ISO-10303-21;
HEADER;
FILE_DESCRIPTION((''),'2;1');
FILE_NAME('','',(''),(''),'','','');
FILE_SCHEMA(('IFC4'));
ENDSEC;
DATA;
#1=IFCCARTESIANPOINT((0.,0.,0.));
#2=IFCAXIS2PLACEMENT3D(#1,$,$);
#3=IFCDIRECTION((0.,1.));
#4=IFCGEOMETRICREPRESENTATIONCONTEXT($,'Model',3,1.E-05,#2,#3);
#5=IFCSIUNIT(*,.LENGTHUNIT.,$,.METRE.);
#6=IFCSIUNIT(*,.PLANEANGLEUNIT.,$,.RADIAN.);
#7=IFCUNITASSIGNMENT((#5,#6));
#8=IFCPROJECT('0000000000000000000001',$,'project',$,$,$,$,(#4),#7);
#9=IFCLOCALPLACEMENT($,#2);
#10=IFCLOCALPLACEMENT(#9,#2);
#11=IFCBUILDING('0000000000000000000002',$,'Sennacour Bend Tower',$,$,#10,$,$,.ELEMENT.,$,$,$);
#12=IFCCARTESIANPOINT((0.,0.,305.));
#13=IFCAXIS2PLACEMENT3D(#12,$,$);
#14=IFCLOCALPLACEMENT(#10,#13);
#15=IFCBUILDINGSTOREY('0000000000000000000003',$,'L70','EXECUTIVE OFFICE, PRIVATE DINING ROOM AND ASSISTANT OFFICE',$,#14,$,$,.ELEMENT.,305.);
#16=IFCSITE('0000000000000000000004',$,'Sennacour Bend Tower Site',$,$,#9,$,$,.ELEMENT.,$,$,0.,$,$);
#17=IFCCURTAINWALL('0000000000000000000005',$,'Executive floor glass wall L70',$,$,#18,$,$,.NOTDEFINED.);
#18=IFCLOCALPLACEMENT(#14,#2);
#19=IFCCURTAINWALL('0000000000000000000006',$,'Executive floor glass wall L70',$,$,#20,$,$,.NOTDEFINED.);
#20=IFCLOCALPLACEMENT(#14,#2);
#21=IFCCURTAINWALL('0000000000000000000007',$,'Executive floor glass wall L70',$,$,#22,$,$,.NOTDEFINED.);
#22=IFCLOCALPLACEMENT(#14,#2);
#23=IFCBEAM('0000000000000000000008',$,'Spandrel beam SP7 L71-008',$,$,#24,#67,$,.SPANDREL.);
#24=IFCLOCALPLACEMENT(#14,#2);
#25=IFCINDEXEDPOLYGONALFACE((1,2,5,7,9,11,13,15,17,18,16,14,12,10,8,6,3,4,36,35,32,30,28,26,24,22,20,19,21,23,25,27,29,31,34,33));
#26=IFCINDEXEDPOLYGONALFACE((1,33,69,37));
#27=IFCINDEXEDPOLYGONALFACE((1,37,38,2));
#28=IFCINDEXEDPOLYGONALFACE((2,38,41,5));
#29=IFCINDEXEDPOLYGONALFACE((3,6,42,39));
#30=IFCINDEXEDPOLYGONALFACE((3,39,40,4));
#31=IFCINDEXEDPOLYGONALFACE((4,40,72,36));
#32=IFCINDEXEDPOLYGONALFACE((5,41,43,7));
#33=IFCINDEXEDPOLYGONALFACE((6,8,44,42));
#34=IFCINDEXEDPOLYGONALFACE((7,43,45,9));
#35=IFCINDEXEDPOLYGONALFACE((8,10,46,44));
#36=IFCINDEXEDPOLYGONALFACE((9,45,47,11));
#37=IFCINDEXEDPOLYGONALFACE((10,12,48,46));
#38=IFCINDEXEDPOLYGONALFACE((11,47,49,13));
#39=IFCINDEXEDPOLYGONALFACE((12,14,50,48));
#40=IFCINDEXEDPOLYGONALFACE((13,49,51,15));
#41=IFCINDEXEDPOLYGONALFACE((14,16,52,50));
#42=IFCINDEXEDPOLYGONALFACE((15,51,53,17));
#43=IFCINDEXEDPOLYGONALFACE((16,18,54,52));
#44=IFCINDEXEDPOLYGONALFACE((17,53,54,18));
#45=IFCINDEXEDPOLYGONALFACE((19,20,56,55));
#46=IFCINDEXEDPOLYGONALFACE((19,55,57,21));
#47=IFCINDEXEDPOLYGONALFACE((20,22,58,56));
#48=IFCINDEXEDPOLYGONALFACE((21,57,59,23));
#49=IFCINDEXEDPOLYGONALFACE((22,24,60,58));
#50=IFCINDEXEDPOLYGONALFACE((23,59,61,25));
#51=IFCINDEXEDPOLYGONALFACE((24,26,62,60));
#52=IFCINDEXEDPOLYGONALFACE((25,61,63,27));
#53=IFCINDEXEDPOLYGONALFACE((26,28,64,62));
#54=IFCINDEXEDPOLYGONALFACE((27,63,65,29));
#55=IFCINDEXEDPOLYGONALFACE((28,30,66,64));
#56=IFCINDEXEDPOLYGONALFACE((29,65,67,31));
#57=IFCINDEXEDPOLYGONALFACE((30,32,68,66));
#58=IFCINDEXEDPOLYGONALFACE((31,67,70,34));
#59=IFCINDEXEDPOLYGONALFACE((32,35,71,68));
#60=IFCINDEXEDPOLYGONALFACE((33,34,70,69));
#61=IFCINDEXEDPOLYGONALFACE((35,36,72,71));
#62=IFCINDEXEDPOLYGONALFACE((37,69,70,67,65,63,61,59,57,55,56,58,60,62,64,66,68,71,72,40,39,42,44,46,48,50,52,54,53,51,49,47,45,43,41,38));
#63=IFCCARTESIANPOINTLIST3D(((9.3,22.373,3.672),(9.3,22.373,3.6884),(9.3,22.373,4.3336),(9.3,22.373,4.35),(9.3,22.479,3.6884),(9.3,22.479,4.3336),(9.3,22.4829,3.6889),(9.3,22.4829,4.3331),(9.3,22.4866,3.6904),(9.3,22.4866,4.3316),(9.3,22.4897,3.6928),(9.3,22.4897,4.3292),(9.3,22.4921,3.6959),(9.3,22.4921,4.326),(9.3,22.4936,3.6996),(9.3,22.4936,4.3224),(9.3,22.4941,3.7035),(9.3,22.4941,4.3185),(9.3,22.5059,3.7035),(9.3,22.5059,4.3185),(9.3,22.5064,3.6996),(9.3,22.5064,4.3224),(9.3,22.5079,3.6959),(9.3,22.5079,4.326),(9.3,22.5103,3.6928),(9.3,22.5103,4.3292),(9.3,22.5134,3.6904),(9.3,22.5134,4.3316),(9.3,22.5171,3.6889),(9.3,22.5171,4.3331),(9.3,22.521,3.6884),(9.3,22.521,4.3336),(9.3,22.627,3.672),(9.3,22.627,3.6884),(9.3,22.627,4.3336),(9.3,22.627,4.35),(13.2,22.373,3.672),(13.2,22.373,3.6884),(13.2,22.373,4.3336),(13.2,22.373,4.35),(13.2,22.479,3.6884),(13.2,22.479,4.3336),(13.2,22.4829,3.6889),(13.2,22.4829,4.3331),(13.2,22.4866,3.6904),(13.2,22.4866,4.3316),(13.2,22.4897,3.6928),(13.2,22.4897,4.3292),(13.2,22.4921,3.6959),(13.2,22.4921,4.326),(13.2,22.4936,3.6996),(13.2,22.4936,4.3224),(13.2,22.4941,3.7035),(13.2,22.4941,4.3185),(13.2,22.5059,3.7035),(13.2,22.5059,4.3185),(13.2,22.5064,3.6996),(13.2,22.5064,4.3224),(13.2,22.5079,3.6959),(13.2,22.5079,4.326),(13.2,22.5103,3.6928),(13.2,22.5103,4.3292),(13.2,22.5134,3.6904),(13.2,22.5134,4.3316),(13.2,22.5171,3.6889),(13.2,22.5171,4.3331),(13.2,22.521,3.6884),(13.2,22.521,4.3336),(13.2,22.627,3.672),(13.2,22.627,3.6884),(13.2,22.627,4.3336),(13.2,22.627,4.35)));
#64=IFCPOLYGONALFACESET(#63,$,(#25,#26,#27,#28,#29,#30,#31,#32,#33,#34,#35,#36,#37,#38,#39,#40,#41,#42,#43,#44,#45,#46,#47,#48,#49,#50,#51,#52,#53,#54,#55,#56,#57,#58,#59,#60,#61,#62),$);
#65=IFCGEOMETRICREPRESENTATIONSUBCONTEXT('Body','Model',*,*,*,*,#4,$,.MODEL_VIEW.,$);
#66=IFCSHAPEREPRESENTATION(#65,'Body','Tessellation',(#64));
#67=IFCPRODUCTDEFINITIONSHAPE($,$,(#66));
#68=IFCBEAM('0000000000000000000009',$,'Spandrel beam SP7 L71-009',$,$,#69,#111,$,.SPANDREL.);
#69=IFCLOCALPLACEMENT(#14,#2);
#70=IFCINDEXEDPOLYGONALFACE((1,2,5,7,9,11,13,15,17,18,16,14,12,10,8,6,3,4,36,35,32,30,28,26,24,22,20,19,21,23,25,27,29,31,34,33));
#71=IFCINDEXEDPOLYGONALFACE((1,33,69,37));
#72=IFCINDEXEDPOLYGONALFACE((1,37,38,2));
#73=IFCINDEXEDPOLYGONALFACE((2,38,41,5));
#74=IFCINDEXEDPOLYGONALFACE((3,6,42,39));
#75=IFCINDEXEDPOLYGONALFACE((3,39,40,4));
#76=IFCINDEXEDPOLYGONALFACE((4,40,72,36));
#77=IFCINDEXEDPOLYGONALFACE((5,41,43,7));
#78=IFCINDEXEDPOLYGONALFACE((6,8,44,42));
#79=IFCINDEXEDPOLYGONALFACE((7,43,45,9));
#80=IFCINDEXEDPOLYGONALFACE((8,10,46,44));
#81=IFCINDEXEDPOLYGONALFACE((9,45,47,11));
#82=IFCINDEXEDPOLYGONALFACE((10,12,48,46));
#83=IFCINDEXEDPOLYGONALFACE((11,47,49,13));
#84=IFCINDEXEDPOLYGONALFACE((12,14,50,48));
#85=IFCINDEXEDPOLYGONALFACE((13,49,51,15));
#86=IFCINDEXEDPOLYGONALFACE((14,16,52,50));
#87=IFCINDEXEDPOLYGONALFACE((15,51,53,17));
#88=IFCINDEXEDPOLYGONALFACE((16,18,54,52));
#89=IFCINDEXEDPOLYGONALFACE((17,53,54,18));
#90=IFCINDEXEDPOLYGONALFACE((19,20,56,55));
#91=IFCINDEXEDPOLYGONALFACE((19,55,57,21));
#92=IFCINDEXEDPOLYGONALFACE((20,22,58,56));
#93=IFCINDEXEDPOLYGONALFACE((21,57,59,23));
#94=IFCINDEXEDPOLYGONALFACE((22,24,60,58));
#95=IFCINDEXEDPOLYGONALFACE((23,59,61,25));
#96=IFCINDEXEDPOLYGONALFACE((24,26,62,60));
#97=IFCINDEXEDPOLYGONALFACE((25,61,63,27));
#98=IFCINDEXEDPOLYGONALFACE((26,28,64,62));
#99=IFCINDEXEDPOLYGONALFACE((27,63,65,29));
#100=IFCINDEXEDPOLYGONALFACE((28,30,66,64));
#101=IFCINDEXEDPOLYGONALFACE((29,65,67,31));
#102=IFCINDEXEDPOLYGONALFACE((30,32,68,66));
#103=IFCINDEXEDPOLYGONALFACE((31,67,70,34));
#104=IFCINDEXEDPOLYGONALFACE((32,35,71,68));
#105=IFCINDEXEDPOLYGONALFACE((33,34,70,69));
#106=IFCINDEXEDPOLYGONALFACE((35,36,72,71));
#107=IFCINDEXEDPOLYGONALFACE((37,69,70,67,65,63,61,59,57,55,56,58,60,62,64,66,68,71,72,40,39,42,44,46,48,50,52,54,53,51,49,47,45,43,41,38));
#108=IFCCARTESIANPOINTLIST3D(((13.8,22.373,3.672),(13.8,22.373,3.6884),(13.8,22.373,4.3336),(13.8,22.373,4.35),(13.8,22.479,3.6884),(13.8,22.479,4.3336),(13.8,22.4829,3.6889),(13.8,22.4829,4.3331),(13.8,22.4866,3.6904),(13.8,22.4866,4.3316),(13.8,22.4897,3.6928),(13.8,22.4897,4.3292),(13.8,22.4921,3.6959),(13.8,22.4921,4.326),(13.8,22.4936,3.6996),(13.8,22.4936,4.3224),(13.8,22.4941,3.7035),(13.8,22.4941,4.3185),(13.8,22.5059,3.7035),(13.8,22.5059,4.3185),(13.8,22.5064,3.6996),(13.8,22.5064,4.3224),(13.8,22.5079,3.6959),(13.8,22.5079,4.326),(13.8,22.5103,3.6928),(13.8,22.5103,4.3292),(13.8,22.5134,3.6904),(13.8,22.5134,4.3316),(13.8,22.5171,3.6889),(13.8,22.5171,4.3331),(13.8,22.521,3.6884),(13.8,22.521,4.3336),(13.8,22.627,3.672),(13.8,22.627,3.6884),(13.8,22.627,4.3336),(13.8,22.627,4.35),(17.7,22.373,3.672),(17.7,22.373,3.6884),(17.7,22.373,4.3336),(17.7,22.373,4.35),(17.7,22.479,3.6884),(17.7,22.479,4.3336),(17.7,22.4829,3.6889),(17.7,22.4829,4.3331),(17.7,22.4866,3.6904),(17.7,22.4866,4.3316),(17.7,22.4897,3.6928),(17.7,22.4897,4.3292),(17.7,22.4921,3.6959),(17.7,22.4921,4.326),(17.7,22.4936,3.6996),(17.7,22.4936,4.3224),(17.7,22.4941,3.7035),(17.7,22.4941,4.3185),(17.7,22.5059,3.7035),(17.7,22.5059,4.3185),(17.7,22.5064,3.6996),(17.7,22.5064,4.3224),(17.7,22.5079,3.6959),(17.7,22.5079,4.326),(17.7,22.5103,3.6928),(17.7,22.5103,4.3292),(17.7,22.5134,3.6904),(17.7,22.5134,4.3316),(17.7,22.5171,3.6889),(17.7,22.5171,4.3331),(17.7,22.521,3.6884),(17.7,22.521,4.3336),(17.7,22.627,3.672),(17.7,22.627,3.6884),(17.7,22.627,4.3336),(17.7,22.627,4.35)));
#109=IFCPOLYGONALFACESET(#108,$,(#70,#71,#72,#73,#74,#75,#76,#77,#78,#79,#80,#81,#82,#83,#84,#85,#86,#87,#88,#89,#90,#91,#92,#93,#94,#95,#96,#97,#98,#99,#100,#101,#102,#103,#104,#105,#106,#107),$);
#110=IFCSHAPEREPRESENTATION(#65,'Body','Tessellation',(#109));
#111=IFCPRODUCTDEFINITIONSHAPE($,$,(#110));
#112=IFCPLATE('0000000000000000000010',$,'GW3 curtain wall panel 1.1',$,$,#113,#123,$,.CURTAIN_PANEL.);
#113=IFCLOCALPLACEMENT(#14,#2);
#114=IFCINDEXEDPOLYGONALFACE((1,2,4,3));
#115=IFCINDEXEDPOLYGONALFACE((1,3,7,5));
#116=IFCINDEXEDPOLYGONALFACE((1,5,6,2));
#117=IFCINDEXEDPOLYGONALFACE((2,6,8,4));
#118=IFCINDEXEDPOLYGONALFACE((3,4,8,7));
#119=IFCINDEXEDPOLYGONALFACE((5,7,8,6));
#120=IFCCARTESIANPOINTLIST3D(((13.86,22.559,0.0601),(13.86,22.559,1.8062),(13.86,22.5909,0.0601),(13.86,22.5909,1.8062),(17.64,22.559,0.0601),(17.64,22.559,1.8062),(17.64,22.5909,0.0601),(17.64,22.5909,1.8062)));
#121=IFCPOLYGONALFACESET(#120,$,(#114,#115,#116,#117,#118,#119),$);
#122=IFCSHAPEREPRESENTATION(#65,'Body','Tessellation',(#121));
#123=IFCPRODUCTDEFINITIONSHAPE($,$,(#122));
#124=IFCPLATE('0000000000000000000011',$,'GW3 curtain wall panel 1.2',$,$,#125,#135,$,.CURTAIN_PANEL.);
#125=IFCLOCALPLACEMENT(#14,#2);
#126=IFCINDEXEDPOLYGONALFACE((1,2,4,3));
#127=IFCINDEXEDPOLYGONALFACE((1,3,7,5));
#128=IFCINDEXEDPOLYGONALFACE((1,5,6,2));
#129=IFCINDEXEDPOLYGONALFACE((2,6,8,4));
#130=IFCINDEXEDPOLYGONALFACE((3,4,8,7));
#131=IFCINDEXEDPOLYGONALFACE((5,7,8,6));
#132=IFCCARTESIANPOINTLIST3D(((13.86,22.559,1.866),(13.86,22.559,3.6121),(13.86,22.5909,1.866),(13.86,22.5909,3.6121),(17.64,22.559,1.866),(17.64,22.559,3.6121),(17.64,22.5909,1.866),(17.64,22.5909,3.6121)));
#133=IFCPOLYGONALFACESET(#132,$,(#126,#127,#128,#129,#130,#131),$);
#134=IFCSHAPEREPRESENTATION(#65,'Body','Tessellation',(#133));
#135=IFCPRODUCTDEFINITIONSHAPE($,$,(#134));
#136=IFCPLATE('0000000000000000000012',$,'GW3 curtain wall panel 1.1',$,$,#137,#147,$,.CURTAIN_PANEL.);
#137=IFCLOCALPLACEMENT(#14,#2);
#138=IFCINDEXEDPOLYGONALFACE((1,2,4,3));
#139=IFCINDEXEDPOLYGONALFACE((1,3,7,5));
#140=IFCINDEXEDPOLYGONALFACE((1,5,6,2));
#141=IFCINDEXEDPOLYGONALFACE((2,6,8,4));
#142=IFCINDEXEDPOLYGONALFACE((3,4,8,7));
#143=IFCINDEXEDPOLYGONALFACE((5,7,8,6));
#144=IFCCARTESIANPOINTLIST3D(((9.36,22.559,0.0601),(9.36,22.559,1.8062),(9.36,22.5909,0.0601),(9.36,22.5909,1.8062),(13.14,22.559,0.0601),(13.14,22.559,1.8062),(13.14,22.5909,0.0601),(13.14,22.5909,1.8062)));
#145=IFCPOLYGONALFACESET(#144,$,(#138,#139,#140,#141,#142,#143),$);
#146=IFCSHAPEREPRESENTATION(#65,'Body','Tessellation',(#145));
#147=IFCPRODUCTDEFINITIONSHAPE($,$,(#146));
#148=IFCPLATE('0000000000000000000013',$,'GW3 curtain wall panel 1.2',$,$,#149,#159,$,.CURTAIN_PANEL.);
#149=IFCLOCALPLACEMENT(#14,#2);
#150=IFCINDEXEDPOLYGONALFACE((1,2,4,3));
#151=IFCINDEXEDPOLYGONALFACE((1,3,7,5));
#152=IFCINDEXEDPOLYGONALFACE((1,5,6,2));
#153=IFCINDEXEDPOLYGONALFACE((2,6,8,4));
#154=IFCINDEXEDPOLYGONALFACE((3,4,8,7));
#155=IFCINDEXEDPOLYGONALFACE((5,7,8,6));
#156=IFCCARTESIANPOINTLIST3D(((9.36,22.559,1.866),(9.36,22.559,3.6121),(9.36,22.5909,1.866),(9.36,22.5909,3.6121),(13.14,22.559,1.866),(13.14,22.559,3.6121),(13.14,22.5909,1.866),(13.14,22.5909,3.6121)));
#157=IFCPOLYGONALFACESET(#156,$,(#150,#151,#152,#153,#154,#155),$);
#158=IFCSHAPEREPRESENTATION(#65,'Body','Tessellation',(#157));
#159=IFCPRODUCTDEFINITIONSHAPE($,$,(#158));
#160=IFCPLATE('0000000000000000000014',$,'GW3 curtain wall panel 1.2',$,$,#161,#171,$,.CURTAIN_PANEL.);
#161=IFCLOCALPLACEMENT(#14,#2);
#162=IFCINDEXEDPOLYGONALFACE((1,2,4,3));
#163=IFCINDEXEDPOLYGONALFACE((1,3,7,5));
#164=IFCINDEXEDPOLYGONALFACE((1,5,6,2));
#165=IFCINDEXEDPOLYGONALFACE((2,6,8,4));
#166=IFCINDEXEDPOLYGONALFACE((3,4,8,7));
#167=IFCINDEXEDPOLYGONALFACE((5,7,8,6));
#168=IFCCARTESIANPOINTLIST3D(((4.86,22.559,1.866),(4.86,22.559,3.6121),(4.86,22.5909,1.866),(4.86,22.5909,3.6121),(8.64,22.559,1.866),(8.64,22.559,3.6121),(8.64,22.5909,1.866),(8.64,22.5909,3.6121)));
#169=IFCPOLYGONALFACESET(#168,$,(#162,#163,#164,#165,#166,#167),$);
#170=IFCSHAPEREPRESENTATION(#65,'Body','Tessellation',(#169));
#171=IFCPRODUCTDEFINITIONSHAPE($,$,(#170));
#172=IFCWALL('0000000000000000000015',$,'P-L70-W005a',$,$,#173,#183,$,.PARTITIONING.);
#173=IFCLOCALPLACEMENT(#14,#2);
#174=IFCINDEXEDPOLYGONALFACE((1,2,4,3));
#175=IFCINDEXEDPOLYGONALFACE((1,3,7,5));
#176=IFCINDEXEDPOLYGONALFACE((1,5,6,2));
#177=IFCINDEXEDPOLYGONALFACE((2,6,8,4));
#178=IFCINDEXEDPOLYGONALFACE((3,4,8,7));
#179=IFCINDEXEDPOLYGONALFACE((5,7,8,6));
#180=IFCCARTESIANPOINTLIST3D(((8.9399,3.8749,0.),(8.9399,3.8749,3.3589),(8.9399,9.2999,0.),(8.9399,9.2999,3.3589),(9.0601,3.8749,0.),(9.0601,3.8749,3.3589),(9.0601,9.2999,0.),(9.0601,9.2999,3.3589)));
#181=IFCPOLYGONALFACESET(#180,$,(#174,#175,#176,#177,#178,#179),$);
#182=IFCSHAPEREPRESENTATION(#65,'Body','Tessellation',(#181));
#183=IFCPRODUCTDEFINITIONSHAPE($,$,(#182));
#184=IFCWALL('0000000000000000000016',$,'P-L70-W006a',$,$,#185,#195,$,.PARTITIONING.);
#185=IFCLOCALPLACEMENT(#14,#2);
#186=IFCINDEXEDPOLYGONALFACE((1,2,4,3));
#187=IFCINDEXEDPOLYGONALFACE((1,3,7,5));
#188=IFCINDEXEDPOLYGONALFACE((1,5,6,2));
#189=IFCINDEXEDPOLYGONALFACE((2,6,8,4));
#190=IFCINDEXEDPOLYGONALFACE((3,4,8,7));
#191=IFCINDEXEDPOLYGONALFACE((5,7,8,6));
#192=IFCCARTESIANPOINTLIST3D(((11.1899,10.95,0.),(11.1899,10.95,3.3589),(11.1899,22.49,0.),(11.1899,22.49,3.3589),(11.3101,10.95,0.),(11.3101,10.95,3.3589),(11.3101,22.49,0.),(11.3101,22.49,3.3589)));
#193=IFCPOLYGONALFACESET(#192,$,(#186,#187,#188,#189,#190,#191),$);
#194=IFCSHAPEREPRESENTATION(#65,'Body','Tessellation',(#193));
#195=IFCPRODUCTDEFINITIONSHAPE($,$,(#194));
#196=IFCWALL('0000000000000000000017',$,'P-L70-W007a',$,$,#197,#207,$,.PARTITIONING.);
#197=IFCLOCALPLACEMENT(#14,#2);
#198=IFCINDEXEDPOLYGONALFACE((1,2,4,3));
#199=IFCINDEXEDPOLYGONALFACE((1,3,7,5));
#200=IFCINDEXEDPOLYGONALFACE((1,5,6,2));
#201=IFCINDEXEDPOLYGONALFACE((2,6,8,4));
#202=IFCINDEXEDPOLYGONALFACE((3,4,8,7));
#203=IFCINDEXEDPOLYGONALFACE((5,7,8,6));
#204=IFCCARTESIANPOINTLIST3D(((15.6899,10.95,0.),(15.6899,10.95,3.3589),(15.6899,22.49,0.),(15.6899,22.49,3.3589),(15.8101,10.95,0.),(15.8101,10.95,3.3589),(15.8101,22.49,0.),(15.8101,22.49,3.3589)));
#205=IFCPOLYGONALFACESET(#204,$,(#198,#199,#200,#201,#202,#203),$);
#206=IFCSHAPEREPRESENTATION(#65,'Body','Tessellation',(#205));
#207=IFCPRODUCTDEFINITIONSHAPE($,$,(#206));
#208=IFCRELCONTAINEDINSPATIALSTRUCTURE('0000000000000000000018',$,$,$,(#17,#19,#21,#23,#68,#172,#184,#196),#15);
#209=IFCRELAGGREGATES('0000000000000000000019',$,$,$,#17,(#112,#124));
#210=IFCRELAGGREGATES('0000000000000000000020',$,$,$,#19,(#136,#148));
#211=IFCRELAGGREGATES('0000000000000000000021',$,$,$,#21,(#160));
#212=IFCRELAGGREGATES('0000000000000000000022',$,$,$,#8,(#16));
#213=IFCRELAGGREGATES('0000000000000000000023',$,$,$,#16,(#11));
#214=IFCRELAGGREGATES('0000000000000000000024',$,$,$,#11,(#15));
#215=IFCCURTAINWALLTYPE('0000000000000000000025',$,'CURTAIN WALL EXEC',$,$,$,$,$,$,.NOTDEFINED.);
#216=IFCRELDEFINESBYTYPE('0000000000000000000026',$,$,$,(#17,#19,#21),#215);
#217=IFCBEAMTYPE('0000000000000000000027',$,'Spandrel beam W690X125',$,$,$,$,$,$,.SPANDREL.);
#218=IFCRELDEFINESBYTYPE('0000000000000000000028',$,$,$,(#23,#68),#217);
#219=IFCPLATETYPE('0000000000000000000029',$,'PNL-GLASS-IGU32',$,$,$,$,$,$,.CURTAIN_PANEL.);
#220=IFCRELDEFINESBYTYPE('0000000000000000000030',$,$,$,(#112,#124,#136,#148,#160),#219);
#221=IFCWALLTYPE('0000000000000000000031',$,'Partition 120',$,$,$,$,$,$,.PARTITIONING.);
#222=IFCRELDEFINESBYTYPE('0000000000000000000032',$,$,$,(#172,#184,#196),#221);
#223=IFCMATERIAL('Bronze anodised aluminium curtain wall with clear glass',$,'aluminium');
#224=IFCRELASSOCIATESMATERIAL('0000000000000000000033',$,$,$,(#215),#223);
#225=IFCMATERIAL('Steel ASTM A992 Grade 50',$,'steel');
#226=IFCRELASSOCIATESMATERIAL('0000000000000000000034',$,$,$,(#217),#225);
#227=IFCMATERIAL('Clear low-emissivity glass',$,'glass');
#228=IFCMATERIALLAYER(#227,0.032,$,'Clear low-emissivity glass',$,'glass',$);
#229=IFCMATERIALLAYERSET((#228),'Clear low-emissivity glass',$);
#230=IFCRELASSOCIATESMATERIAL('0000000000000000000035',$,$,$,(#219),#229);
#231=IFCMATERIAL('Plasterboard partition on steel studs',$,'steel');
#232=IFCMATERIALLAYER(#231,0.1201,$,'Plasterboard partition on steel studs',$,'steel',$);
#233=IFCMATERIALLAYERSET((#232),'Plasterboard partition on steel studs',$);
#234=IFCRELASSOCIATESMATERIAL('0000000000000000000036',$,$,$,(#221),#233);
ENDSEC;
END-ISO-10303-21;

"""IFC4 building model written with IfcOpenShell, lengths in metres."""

from ifc_helpers import new_model, si_unit, direction, frame, frame_2d, origin, origin_2d, place, context, subcontext, project, spatial, rectangle, i_section, extrude, material, layer, layer_set, material_profile, profile_set, type_object, element, aggregate, save


model = new_model("IFC4")

# Units and contexts
model_context = context("Model", 3, precision=1e-05, world=origin(), true_north=direction((0.0, 1.0)))
body_context = subcontext(model_context, "Body", "Model", "MODEL_VIEW")
ifc_project = project(units=[si_unit("LENGTHUNIT", "METRE"), si_unit("PLANEANGLEUNIT", "RADIAN")], contexts=[model_context])

# Site, building, storey
site_placement = place(None, origin())
site = spatial("IfcSite", under=ifc_project, at=site_placement, Name="Sennacour Bend Tower Site", CompositionType="ELEMENT", RefElevation=0.0)
building_placement = place(site_placement, origin())
building = spatial("IfcBuilding", under=site, at=building_placement, Name="Sennacour Bend Tower", CompositionType="ELEMENT")
storey_placement = place(building_placement, frame((0.0, 0.0, 305.0)))
storey = spatial("IfcBuildingStorey", under=building, at=storey_placement, Name="L70", Description="EXECUTIVE OFFICE, PRIVATE DINING ROOM AND ASSISTANT OFFICE", CompositionType="ELEMENT", Elevation=305.0)

# Curtain wall
ifc_material_1 = material(Name="Bronze anodised aluminium curtain wall with clear glass", Category="aluminium")
curtain_wall_type = type_object("IfcCurtainWallType", Name="CURTAIN WALL EXEC", PredefinedType="NOTDEFINED", material=ifc_material_1)
curtain_wall_1_placement = place(storey_placement, origin())
curtain_wall_1 = element("IfcCurtainWall", 1, at=curtain_wall_1_placement, inside=storey, type_object=curtain_wall_type, Name="Executive floor glass wall L70", PredefinedType="NOTDEFINED")

# Curtain wall
curtain_wall_2_placement = place(storey_placement, origin())
curtain_wall_2 = element("IfcCurtainWall", 2, at=curtain_wall_2_placement, inside=storey, type_object=curtain_wall_type, Name="Executive floor glass wall L70", PredefinedType="NOTDEFINED")

# Curtain wall
curtain_wall_3_placement = place(storey_placement, origin())
curtain_wall_3 = element("IfcCurtainWall", 3, at=curtain_wall_3_placement, inside=storey, type_object=curtain_wall_type, Name="Executive floor glass wall L70", PredefinedType="NOTDEFINED")

# Beams
ifc_material_2 = material(Name="Steel ASTM A992 Grade 50", Category="steel")
ifc_material_profile_1 = material_profile(ifc_material_2, i_section(OverallWidth=0.2539, OverallDepth=0.678, WebThickness=0.0117, FlangeThickness=0.0164, FilletRadius=0.0151, at=origin_2d()), Name="Steel ASTM A992 Grade 50", Category="steel")
ifc_profile_set_1 = profile_set([ifc_material_profile_1], Name="Steel ASTM A992 Grade 50")
beam_type = type_object("IfcBeamType", Name="Spandrel beam W690X125", PredefinedType="SPANDREL", material=ifc_profile_set_1)
for number, where, z_axis, x_axis, name in (
    (4, (9.3, 22.5, 4.011), (1.0, 0.0, 0.0), (0.0, 1.0, 0.0), "Spandrel beam SP7 L71-008"),
    (5, (13.8, 22.5, 4.011), (1.0, 0.0, 0.0), (0.0, 1.0, 0.0), "Spandrel beam SP7 L71-009"),
):
    element("IfcBeam", number, at=place(storey_placement, frame(where, z_axis=z_axis, x_axis=x_axis)), inside=storey, type_object=beam_type, Name=name, PredefinedType="SPANDREL", context=body_context, shape_type="SweptSolid", body=[
        extrude(i_section(OverallWidth=0.2539, OverallDepth=0.678, WebThickness=0.0117, FlangeThickness=0.0164, FilletRadius=0.0151, at=origin_2d()), origin(), (0.0, 0.0, 1.0), 3.8999),
    ])

# Plates
ifc_material_3 = material(Name="Clear low-emissivity glass", Category="glass")
ifc_layer_1 = layer(ifc_material_3, 0.032, Name="Clear low-emissivity glass", Category="glass")
ifc_layer_set_1 = layer_set([ifc_layer_1], Name="Clear low-emissivity glass")
plate_type = type_object("IfcPlateType", Name="PNL-GLASS-IGU32", PredefinedType="CURTAIN_PANEL", material=ifc_layer_set_1)
plate_1_placement = place(storey_placement, frame((15.75, 22.575, 0.0601), z_axis=(0.0, 0.0, 1.0), x_axis=(-1.0, 0.0, 0.0)))
plate_1 = element("IfcPlate", 6, at=plate_1_placement, type_object=plate_type, Name="GW3 curtain wall panel 1.1", PredefinedType="CURTAIN_PANEL", context=body_context, shape_type="SweptSolid", body=[
    extrude(rectangle(XDim=3.78, YDim=0.032, at=origin_2d()), origin(), (0.0, 0.0, 1.0), 1.7461),
])
plate_2_placement = place(storey_placement, frame((15.75, 22.575, 1.866), z_axis=(0.0, 0.0, 1.0), x_axis=(-1.0, 0.0, 0.0)))
plate_2 = element("IfcPlate", 7, at=plate_2_placement, type_object=plate_type, Name="GW3 curtain wall panel 1.2", PredefinedType="CURTAIN_PANEL", context=body_context, shape_type="SweptSolid", body=[
    extrude(rectangle(XDim=3.78, YDim=0.032, at=origin_2d()), origin(), (0.0, 0.0, 1.0), 1.7461),
])
aggregate(curtain_wall_1, [plate_1, plate_2])
plate_3_placement = place(storey_placement, frame((11.25, 22.575, 0.0601), z_axis=(0.0, 0.0, 1.0), x_axis=(-1.0, 0.0, 0.0)))
plate_3 = element("IfcPlate", 8, at=plate_3_placement, type_object=plate_type, Name="GW3 curtain wall panel 1.1", PredefinedType="CURTAIN_PANEL", context=body_context, shape_type="SweptSolid", body=[
    extrude(rectangle(XDim=3.78, YDim=0.032, at=origin_2d()), origin(), (0.0, 0.0, 1.0), 1.7461),
])
plate_4_placement = place(storey_placement, frame((11.25, 22.575, 1.866), z_axis=(0.0, 0.0, 1.0), x_axis=(-1.0, 0.0, 0.0)))
plate_4 = element("IfcPlate", 9, at=plate_4_placement, type_object=plate_type, Name="GW3 curtain wall panel 1.2", PredefinedType="CURTAIN_PANEL", context=body_context, shape_type="SweptSolid", body=[
    extrude(rectangle(XDim=3.78, YDim=0.032, at=origin_2d()), origin(), (0.0, 0.0, 1.0), 1.7461),
])
aggregate(curtain_wall_2, [plate_3, plate_4])
plate_5_placement = place(storey_placement, frame((6.75, 22.575, 1.866), z_axis=(0.0, 0.0, 1.0), x_axis=(-1.0, 0.0, 0.0)))
plate_5 = element("IfcPlate", 10, at=plate_5_placement, type_object=plate_type, Name="GW3 curtain wall panel 1.2", PredefinedType="CURTAIN_PANEL", context=body_context, shape_type="SweptSolid", body=[
    extrude(rectangle(XDim=3.78, YDim=0.032, at=origin_2d()), origin(), (0.0, 0.0, 1.0), 1.7461),
])
aggregate(curtain_wall_3, [plate_5])

# Walls
ifc_material_4 = material(Name="Plasterboard partition on steel studs", Category="steel")
ifc_layer_2 = layer(ifc_material_4, 0.1201, Name="Plasterboard partition on steel studs", Category="steel")
ifc_layer_set_2 = layer_set([ifc_layer_2], Name="Plasterboard partition on steel studs")
wall_type = type_object("IfcWallType", Name="Partition 120", PredefinedType="PARTITIONING", material=ifc_layer_set_2)
wall_1_placement = place(storey_placement, frame((9.0, 3.875, 0.0), z_axis=(0.0, 0.0, 1.0), x_axis=(0.0, 1.0, 0.0)))
element("IfcWall", 11, at=wall_1_placement, inside=storey, type_object=wall_type, Name="P-L70-W005a", PredefinedType="PARTITIONING", context=body_context, shape_type="SweptSolid", body=[
    extrude(rectangle(XDim=5.425, YDim=0.1201, at=frame_2d((2.7124, 0.0))), origin(), (0.0, 0.0, 1.0), 3.3589),
])
for number, where, z_axis, x_axis, name in (
    (12, (11.25, 10.95, 0.0), (0.0, 0.0, 1.0), (0.0, 1.0, 0.0), "P-L70-W006a"),
    (13, (15.75, 10.95, 0.0), (0.0, 0.0, 1.0), (0.0, 1.0, 0.0), "P-L70-W007a"),
):
    element("IfcWall", number, at=place(storey_placement, frame(where, z_axis=z_axis, x_axis=x_axis)), inside=storey, type_object=wall_type, Name=name, PredefinedType="PARTITIONING", context=body_context, shape_type="SweptSolid", body=[
        extrude(rectangle(XDim=11.54, YDim=0.1201, at=frame_2d((5.77, 0.0))), origin(), (0.0, 0.0, 1.0), 3.3589),
    ])

save(model, "model.ifc")
